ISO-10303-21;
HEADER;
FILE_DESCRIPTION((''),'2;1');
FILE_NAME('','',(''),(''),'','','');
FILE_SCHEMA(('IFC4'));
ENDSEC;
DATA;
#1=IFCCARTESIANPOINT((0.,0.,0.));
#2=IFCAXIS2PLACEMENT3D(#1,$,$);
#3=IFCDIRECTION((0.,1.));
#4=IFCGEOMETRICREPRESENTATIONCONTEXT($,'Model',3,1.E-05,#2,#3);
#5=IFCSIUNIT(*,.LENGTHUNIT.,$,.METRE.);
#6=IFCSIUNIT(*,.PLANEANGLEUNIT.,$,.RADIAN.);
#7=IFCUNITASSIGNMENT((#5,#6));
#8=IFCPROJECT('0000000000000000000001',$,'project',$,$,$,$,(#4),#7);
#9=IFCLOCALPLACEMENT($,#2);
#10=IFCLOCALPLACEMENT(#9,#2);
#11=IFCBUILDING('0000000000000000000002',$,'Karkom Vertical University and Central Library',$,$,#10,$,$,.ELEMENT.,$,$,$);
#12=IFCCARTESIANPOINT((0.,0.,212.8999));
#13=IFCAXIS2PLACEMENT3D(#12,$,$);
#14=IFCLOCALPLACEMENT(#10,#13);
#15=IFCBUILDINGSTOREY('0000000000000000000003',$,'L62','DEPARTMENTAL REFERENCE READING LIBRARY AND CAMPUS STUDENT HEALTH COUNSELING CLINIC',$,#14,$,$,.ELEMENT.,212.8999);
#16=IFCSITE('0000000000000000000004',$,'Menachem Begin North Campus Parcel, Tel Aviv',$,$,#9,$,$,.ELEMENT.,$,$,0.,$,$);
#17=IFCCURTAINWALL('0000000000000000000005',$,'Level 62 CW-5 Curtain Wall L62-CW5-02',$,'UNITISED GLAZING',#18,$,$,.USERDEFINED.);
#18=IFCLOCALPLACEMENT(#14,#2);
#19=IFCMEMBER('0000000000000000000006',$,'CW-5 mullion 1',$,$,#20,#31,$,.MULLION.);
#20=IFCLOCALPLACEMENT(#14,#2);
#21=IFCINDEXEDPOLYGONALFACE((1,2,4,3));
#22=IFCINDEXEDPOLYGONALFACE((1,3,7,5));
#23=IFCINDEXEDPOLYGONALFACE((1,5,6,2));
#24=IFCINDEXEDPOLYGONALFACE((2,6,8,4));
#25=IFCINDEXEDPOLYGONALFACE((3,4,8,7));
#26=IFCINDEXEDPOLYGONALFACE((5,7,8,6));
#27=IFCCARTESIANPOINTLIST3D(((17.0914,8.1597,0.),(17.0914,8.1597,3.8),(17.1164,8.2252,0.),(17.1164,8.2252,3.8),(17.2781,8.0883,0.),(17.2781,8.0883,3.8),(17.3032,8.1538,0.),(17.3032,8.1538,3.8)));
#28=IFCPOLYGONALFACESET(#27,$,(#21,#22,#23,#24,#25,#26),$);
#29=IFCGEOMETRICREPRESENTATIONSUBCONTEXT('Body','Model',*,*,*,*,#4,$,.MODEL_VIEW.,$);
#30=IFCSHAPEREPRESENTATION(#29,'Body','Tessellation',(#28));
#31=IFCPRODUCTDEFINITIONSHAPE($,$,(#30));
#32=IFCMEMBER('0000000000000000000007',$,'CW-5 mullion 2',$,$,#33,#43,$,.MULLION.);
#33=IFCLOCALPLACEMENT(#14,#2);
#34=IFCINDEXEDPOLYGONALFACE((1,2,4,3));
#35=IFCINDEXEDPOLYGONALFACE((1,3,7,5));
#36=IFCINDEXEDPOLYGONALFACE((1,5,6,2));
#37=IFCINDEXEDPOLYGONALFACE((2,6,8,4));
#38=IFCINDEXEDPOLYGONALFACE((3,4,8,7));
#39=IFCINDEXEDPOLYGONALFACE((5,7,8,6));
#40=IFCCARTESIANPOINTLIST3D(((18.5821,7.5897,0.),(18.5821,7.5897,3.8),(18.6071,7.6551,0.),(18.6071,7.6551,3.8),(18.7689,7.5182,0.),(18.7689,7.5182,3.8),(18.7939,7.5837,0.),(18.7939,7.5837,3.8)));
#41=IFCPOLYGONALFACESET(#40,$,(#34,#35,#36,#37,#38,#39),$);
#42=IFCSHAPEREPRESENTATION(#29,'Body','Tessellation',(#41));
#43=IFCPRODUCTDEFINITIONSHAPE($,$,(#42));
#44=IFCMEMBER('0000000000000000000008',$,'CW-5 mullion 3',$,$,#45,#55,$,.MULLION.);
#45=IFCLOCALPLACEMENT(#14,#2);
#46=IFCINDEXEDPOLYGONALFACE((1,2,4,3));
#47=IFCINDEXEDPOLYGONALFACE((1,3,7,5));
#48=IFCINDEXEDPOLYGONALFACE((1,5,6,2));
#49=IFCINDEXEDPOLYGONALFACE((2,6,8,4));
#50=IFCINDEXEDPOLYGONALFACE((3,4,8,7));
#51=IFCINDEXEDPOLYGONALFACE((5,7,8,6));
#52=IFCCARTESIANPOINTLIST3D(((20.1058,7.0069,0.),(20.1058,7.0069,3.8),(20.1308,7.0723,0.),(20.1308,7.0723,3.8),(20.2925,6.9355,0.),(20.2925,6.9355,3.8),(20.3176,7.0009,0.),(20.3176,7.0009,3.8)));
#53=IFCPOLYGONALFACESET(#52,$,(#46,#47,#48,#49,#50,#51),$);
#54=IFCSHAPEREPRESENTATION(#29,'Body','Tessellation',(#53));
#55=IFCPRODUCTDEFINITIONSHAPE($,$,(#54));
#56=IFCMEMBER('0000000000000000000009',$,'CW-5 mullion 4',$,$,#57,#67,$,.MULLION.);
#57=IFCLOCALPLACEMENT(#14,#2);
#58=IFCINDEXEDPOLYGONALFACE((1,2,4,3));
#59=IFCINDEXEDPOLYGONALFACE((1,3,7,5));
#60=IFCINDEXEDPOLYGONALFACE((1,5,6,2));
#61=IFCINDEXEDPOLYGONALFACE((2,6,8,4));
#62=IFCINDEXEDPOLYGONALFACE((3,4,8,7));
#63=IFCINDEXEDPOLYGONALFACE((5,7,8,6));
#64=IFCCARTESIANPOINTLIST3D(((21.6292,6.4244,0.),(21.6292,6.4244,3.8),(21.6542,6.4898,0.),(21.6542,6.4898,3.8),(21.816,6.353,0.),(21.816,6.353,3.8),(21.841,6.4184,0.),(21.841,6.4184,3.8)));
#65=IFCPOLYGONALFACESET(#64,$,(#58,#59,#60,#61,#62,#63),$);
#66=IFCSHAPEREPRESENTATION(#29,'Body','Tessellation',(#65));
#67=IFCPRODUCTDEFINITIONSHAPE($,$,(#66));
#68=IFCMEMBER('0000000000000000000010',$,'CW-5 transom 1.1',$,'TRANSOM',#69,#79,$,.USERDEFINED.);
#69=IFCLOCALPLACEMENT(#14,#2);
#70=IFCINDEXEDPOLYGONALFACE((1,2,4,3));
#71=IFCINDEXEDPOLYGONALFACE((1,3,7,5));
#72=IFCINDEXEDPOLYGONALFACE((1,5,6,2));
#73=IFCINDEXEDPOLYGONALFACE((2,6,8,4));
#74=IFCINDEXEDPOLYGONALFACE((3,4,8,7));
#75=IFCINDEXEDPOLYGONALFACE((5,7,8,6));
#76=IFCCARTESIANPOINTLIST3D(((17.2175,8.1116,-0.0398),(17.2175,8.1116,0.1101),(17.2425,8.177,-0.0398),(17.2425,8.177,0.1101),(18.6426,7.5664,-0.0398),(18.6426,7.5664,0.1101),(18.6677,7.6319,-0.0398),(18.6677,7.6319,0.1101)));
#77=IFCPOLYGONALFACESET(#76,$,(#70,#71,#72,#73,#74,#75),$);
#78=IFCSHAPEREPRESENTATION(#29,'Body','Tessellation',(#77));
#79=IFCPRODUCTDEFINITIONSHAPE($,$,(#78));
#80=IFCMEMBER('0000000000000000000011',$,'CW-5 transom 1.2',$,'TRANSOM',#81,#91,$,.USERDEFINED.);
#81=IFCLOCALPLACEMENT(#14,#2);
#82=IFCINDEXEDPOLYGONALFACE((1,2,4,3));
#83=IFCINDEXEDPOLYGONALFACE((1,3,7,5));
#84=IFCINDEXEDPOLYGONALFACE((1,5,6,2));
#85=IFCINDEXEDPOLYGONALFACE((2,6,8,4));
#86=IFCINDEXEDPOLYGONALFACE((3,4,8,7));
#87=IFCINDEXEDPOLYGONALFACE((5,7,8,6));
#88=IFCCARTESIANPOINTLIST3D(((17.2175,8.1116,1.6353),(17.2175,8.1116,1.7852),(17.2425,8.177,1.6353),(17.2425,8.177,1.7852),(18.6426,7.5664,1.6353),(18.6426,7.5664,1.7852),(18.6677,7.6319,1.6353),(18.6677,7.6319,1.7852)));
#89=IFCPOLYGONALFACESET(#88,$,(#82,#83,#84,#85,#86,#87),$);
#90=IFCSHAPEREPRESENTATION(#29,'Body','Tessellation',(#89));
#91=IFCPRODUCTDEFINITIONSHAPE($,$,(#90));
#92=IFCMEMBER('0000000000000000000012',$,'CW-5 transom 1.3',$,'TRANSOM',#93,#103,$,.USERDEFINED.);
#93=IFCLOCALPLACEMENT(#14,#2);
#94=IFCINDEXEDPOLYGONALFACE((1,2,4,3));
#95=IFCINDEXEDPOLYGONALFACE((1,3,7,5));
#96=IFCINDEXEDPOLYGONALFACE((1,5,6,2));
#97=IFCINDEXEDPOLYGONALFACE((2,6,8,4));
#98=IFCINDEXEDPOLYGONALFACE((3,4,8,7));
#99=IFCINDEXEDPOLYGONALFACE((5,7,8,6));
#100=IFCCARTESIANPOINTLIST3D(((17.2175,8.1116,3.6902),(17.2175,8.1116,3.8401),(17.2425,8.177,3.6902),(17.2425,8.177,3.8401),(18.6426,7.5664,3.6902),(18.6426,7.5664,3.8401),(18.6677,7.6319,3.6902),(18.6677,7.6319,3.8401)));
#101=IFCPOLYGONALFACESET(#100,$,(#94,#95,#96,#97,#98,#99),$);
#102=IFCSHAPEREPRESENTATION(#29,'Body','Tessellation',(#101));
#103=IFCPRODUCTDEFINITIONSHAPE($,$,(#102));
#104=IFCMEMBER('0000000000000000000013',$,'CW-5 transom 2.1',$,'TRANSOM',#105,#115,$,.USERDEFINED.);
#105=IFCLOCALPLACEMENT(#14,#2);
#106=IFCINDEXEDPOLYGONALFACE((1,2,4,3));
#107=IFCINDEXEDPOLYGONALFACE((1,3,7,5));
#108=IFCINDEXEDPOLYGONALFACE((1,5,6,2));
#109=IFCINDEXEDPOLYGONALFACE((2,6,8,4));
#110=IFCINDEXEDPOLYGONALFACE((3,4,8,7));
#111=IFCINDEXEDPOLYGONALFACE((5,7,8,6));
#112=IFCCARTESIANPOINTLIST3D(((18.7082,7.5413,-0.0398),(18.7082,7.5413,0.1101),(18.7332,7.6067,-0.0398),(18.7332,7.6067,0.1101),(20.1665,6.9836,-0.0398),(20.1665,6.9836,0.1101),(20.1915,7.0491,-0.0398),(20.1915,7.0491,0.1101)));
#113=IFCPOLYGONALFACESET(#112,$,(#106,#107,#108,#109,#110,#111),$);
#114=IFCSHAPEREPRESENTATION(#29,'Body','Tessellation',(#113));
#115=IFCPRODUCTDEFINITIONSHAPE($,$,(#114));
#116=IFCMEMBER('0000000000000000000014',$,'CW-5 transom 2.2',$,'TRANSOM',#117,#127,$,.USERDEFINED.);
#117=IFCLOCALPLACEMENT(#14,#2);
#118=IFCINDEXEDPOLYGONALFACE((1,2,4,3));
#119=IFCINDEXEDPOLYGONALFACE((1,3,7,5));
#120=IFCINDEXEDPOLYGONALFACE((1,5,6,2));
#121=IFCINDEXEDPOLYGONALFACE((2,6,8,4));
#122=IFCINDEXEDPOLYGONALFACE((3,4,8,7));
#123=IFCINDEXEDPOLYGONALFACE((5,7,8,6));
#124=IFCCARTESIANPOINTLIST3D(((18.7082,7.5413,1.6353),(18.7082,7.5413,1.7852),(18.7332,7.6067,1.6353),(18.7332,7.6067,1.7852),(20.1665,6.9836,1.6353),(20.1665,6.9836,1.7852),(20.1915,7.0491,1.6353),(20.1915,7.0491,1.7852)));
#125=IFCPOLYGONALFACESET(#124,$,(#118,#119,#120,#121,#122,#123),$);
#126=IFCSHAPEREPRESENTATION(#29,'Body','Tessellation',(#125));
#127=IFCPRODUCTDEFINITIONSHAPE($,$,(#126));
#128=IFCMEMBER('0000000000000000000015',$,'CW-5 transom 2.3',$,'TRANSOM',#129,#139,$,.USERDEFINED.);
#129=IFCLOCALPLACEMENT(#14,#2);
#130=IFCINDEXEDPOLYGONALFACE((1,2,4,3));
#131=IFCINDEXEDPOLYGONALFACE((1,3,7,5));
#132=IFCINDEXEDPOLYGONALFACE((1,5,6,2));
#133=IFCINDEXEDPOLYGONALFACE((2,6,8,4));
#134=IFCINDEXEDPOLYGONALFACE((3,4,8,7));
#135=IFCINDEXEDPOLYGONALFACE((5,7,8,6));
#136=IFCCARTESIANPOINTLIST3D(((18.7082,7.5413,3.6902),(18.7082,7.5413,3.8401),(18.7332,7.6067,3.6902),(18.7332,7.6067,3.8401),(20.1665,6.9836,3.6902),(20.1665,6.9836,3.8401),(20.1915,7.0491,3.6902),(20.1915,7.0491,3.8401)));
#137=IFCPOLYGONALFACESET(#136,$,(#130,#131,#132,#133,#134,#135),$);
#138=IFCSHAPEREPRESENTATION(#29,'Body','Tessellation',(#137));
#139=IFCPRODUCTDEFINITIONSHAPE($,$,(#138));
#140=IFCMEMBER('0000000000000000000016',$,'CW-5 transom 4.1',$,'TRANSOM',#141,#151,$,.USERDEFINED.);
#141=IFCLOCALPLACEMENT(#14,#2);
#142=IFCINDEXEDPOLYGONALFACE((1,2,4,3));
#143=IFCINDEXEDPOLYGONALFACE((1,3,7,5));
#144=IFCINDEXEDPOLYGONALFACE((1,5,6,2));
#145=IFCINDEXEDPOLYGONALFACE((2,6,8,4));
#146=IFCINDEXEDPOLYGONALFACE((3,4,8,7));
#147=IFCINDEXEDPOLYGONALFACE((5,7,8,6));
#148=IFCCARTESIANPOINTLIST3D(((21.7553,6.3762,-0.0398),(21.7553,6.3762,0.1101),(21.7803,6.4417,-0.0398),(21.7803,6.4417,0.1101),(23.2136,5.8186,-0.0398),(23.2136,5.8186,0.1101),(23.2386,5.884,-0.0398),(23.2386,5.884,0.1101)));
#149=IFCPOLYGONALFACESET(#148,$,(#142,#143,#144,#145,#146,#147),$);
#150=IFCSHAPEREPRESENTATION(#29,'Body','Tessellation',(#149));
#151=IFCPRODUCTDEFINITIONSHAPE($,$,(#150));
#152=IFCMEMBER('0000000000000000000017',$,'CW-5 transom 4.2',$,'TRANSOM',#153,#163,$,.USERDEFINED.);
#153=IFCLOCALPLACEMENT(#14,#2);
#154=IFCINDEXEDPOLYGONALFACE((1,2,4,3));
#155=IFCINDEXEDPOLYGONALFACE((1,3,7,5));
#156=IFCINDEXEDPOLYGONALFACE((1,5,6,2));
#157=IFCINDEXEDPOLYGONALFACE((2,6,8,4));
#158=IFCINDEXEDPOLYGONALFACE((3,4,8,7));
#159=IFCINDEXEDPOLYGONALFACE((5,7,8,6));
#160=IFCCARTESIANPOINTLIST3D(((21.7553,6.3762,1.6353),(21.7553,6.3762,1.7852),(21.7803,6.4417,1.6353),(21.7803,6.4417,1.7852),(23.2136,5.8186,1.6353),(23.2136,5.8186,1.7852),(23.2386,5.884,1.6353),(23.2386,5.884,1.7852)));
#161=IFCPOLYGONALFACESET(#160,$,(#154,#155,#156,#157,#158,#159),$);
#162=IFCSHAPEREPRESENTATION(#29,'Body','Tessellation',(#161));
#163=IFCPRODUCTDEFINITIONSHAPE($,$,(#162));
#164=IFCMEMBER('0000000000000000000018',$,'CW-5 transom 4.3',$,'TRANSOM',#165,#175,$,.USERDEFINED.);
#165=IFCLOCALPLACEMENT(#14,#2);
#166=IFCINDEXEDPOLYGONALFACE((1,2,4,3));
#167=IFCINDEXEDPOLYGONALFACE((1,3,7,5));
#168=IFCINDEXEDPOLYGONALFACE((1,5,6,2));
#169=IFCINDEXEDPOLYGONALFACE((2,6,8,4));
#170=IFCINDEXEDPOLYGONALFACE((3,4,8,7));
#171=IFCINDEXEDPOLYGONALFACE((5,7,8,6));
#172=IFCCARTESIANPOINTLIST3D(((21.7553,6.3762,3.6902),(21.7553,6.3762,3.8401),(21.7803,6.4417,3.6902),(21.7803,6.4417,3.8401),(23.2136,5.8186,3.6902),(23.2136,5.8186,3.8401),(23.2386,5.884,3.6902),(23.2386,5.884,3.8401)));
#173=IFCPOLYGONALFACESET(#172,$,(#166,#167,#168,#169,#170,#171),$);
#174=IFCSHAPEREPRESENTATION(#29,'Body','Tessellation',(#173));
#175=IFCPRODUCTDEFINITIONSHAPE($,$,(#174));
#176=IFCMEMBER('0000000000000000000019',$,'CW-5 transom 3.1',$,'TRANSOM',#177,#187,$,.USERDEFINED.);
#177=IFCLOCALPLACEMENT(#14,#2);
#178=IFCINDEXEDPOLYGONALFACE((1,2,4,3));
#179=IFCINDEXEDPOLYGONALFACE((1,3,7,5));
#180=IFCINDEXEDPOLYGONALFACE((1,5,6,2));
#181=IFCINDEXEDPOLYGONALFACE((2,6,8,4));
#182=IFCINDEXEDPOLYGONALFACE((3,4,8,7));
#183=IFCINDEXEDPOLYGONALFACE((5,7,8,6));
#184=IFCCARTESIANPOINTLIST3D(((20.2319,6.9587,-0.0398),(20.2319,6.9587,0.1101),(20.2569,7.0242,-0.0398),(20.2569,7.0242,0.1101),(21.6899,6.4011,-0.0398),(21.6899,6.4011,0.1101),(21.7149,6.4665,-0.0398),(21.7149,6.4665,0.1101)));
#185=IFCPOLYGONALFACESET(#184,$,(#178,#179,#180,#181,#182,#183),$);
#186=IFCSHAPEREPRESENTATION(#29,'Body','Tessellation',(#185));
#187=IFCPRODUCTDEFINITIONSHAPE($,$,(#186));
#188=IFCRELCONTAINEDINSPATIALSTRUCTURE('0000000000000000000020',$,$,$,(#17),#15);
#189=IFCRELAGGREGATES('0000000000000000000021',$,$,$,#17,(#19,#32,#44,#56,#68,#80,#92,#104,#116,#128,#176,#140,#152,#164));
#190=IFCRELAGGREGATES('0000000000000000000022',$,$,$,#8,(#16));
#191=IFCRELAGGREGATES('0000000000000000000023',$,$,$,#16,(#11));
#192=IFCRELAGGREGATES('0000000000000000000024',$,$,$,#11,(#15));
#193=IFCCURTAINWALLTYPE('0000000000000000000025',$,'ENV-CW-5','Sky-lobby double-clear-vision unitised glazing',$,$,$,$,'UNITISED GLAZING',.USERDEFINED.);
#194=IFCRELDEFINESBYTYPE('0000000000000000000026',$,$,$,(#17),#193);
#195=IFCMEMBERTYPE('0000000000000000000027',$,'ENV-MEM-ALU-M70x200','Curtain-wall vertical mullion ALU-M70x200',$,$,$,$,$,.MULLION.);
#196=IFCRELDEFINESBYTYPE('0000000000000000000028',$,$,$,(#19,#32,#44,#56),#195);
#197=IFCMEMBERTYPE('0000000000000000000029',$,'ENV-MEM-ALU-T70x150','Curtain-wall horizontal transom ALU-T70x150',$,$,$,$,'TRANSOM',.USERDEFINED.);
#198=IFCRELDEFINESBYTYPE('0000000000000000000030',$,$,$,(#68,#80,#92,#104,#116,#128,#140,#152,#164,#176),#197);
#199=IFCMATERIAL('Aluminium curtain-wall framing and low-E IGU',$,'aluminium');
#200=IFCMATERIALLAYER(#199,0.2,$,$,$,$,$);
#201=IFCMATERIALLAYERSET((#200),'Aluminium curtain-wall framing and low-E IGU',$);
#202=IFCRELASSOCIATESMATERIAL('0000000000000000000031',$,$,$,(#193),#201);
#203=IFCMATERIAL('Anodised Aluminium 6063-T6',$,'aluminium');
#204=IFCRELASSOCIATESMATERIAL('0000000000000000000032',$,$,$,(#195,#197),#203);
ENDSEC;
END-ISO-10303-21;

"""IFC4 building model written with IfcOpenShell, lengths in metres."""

from ifc_helpers import new_model, si_unit, direction, frame, origin, origin_with_axes, origin_2d, place, context, subcontext, project, spatial, rectangle, extrude, source, transform, mapped, material, layer, layer_set, material_profile, profile_set, type_object, element, aggregate, save


model = new_model("IFC4")

# Units and contexts
model_context = context("Model", 3, precision=1e-05, world=origin(), true_north=direction((0.0, 1.0)))
body_context = subcontext(model_context, "Body", "Model", "MODEL_VIEW")
ifc_project = project(units=[si_unit("LENGTHUNIT", "METRE"), si_unit("PLANEANGLEUNIT", "RADIAN")], contexts=[model_context])

# Site, building, storey
site_placement = place(None, origin())
site = spatial("IfcSite", under=ifc_project, at=site_placement, Name="Menachem Begin North Campus Parcel, Tel Aviv", CompositionType="ELEMENT", RefElevation=0.0)
building_placement = place(site_placement, origin())
building = spatial("IfcBuilding", under=site, at=building_placement, Name="Karkom Vertical University and Central Library", CompositionType="ELEMENT")
storey_placement = place(building_placement, frame((0.0, 0.0, 212.8999)))
storey = spatial("IfcBuildingStorey", under=building, at=storey_placement, Name="L62", Description="DEPARTMENTAL REFERENCE READING LIBRARY AND CAMPUS STUDENT HEALTH COUNSELING CLINIC", CompositionType="ELEMENT", Elevation=212.8999)

# Curtain wall, members
ifc_material_1 = material(Name="Aluminium curtain-wall framing and low-E IGU", Category="aluminium")
ifc_layer_1 = layer(ifc_material_1, 0.2)
ifc_layer_set_1 = layer_set([ifc_layer_1], Name="Aluminium curtain-wall framing and low-E IGU")
curtain_wall_type = type_object("IfcCurtainWallType", Name="ENV-CW-5", Description="Sky-lobby double-clear-vision unitised glazing", ElementType="UNITISED GLAZING", PredefinedType="USERDEFINED", material=ifc_layer_set_1)
curtain_wall_placement = place(storey_placement, origin())
curtain_wall = element("IfcCurtainWall", 1, at=curtain_wall_placement, inside=storey, type_object=curtain_wall_type, Name="Level 62 CW-5 Curtain Wall L62-CW5-02", ObjectType="UNITISED GLAZING", PredefinedType="USERDEFINED")
ifc_material_2 = material(Name="Anodised Aluminium 6063-T6", Category="aluminium")
ifc_material_profile_1 = material_profile(ifc_material_2, rectangle(XDim=0.0701, YDim=0.2, at=origin_2d()), Name="ALU-M70x200")
ifc_profile_set_1 = profile_set([ifc_material_profile_1], Name="Anodised Aluminium 6063-T6")
member_type_1 = type_object("IfcMemberType", Name="ENV-MEM-ALU-M70x200", Description="Curtain-wall vertical mullion ALU-M70x200", PredefinedType="MULLION", material=ifc_profile_set_1)
shared_shape_1 = source(origin_with_axes(), body_context, "Body", "SweptSolid", [
    extrude(rectangle(XDim=0.0701, YDim=0.2, at=origin_2d()), origin(), (0.0, 0.0, 1.0), 3.8),
])
member_1_placement = place(storey_placement, frame((17.1973, 8.1567, 0.0), z_axis=(0.0, 0.0, 1.0), x_axis=(0.357182, 0.934035, 0.0)))
member_1 = element("IfcMember", 2, at=member_1_placement, type_object=member_type_1, Name="CW-5 mullion 1", PredefinedType="MULLION", context=body_context, shape_type="MappedRepresentation", body=[
    mapped(shared_shape_1, transform((0.0, 0.0, 0.0), scale=1.0)),
])
member_2_placement = place(storey_placement, frame((18.688, 7.5867, 0.0), z_axis=(0.0, 0.0, 1.0), x_axis=(0.357182, 0.934035, 0.0)))
member_2 = element("IfcMember", 3, at=member_2_placement, type_object=member_type_1, Name="CW-5 mullion 2", PredefinedType="MULLION", context=body_context, shape_type="MappedRepresentation", body=[
    mapped(shared_shape_1, transform((0.0, 0.0, 0.0), scale=1.0)),
])
member_3_placement = place(storey_placement, frame((20.2117, 7.0039, 0.0), z_axis=(0.0, 0.0, 1.0), x_axis=(0.357182, 0.934035, 0.0)))
member_3 = element("IfcMember", 4, at=member_3_placement, type_object=member_type_1, Name="CW-5 mullion 3", PredefinedType="MULLION", context=body_context, shape_type="MappedRepresentation", body=[
    mapped(shared_shape_1, transform((0.0, 0.0, 0.0), scale=1.0)),
])
member_4_placement = place(storey_placement, frame((21.7351, 6.4214, 0.0), z_axis=(0.0, 0.0, 1.0), x_axis=(0.357182, 0.934035, 0.0)))
member_4 = element("IfcMember", 5, at=member_4_placement, type_object=member_type_1, Name="CW-5 mullion 4", PredefinedType="MULLION", context=body_context, shape_type="MappedRepresentation", body=[
    mapped(shared_shape_1, transform((0.0, 0.0, 0.0), scale=1.0)),
])
ifc_material_profile_2 = material_profile(ifc_material_2, rectangle(XDim=0.0701, YDim=0.1499, at=origin_2d()), Name="ALU-T70x150")
ifc_profile_set_2 = profile_set([ifc_material_profile_2], Name="Anodised Aluminium 6063-T6")
member_type_2 = type_object("IfcMemberType", Name="ENV-MEM-ALU-T70x150", Description="Curtain-wall horizontal transom ALU-T70x150", ElementType="TRANSOM", PredefinedType="USERDEFINED", material=ifc_profile_set_2)
shared_shape_2 = source(origin_with_axes(), body_context, "Body", "SweptSolid", [
    extrude(rectangle(XDim=0.0701, YDim=0.1499, at=origin_2d()), origin(), (0.0, 0.0, 1.0), 1.5259),
])
member_5_placement = place(storey_placement, frame((17.23, 8.1443, 0.0352), z_axis=(0.934008, -0.357252, 0.0), x_axis=(0.357252, 0.934008, 0.0)))
member_5 = element("IfcMember", 6, at=member_5_placement, type_object=member_type_2, Name="CW-5 transom 1.1", ObjectType="TRANSOM", PredefinedType="USERDEFINED", context=body_context, shape_type="MappedRepresentation", body=[
    mapped(shared_shape_2, transform((0.0, 0.0, 0.0), scale=1.0)),
])
member_6_placement = place(storey_placement, frame((17.23, 8.1443, 1.7102), z_axis=(0.934008, -0.357252, 0.0), x_axis=(0.357252, 0.934008, 0.0)))
member_6 = element("IfcMember", 7, at=member_6_placement, type_object=member_type_2, Name="CW-5 transom 1.2", ObjectType="TRANSOM", PredefinedType="USERDEFINED", context=body_context, shape_type="MappedRepresentation", body=[
    mapped(shared_shape_2, transform((0.0, 0.0, 0.0), scale=1.0)),
])
member_7_placement = place(storey_placement, frame((17.23, 8.1443, 3.7651), z_axis=(0.934008, -0.357252, 0.0), x_axis=(0.357252, 0.934008, 0.0)))
member_7 = element("IfcMember", 8, at=member_7_placement, type_object=member_type_2, Name="CW-5 transom 1.3", ObjectType="TRANSOM", PredefinedType="USERDEFINED", context=body_context, shape_type="MappedRepresentation", body=[
    mapped(shared_shape_2, transform((0.0, 0.0, 0.0), scale=1.0)),
])
shared_shape_3 = source(origin_with_axes(), body_context, "Body", "SweptSolid", [
    extrude(rectangle(XDim=0.0701, YDim=0.1499, at=origin_2d()), origin(), (0.0, 0.0, 1.0), 1.5613),
])
member_8_placement = place(storey_placement, frame((18.7207, 7.574, 0.0352), z_axis=(0.934041, -0.357166, 0.0), x_axis=(0.357166, 0.934041, 0.0)))
member_8 = element("IfcMember", 9, at=member_8_placement, type_object=member_type_2, Name="CW-5 transom 2.1", ObjectType="TRANSOM", PredefinedType="USERDEFINED", context=body_context, shape_type="MappedRepresentation", body=[
    mapped(shared_shape_3, transform((0.0, 0.0, 0.0), scale=1.0)),
])
member_9_placement = place(storey_placement, frame((18.7207, 7.574, 1.7102), z_axis=(0.934041, -0.357166, 0.0), x_axis=(0.357166, 0.934041, 0.0)))
member_9 = element("IfcMember", 10, at=member_9_placement, type_object=member_type_2, Name="CW-5 transom 2.2", ObjectType="TRANSOM", PredefinedType="USERDEFINED", context=body_context, shape_type="MappedRepresentation", body=[
    mapped(shared_shape_3, transform((0.0, 0.0, 0.0), scale=1.0)),
])
member_10_placement = place(storey_placement, frame((18.7207, 7.574, 3.7651), z_axis=(0.934041, -0.357166, 0.0), x_axis=(0.357166, 0.934041, 0.0)))
member_10 = element("IfcMember", 11, at=member_10_placement, type_object=member_type_2, Name="CW-5 transom 2.3", ObjectType="TRANSOM", PredefinedType="USERDEFINED", context=body_context, shape_type="MappedRepresentation", body=[
    mapped(shared_shape_3, transform((0.0, 0.0, 0.0), scale=1.0)),
])
member_11_placement = place(storey_placement, frame((21.7678, 6.4089, 0.0352), z_axis=(0.934041, -0.357166, 0.0), x_axis=(0.357166, 0.934041, 0.0)))
member_11 = element("IfcMember", 12, at=member_11_placement, type_object=member_type_2, Name="CW-5 transom 4.1", ObjectType="TRANSOM", PredefinedType="USERDEFINED", context=body_context, shape_type="MappedRepresentation", body=[
    mapped(shared_shape_3, transform((0.0, 0.0, 0.0), scale=1.0)),
])
member_12_placement = place(storey_placement, frame((21.7678, 6.4089, 1.7102), z_axis=(0.934041, -0.357166, 0.0), x_axis=(0.357166, 0.934041, 0.0)))
member_12 = element("IfcMember", 13, at=member_12_placement, type_object=member_type_2, Name="CW-5 transom 4.2", ObjectType="TRANSOM", PredefinedType="USERDEFINED", context=body_context, shape_type="MappedRepresentation", body=[
    mapped(shared_shape_3, transform((0.0, 0.0, 0.0), scale=1.0)),
])
member_13_placement = place(storey_placement, frame((21.7678, 6.4089, 3.7651), z_axis=(0.934041, -0.357166, 0.0), x_axis=(0.357166, 0.934041, 0.0)))
member_13 = element("IfcMember", 14, at=member_13_placement, type_object=member_type_2, Name="CW-5 transom 4.3", ObjectType="TRANSOM", PredefinedType="USERDEFINED", context=body_context, shape_type="MappedRepresentation", body=[
    mapped(shared_shape_3, transform((0.0, 0.0, 0.0), scale=1.0)),
])
shared_shape_4 = source(origin_with_axes(), body_context, "Body", "SweptSolid", [
    extrude(rectangle(XDim=0.0701, YDim=0.1499, at=origin_2d()), origin(), (0.0, 0.0, 1.0), 1.561),
])
member_14_placement = place(storey_placement, frame((20.2444, 6.9915, 0.0352), z_axis=(0.934021, -0.357218, 0.0), x_axis=(0.357218, 0.934021, 0.0)))
member_14 = element("IfcMember", 15, at=member_14_placement, type_object=member_type_2, Name="CW-5 transom 3.1", ObjectType="TRANSOM", PredefinedType="USERDEFINED", context=body_context, shape_type="MappedRepresentation", body=[
    mapped(shared_shape_4, transform((0.0, 0.0, 0.0), scale=1.0)),
])

aggregate(curtain_wall, [member_1, member_2, member_3, member_4, member_5, member_6, member_7, member_8, member_9, member_10, member_14, member_11, member_12, member_13])

save(model, "model.ifc")
